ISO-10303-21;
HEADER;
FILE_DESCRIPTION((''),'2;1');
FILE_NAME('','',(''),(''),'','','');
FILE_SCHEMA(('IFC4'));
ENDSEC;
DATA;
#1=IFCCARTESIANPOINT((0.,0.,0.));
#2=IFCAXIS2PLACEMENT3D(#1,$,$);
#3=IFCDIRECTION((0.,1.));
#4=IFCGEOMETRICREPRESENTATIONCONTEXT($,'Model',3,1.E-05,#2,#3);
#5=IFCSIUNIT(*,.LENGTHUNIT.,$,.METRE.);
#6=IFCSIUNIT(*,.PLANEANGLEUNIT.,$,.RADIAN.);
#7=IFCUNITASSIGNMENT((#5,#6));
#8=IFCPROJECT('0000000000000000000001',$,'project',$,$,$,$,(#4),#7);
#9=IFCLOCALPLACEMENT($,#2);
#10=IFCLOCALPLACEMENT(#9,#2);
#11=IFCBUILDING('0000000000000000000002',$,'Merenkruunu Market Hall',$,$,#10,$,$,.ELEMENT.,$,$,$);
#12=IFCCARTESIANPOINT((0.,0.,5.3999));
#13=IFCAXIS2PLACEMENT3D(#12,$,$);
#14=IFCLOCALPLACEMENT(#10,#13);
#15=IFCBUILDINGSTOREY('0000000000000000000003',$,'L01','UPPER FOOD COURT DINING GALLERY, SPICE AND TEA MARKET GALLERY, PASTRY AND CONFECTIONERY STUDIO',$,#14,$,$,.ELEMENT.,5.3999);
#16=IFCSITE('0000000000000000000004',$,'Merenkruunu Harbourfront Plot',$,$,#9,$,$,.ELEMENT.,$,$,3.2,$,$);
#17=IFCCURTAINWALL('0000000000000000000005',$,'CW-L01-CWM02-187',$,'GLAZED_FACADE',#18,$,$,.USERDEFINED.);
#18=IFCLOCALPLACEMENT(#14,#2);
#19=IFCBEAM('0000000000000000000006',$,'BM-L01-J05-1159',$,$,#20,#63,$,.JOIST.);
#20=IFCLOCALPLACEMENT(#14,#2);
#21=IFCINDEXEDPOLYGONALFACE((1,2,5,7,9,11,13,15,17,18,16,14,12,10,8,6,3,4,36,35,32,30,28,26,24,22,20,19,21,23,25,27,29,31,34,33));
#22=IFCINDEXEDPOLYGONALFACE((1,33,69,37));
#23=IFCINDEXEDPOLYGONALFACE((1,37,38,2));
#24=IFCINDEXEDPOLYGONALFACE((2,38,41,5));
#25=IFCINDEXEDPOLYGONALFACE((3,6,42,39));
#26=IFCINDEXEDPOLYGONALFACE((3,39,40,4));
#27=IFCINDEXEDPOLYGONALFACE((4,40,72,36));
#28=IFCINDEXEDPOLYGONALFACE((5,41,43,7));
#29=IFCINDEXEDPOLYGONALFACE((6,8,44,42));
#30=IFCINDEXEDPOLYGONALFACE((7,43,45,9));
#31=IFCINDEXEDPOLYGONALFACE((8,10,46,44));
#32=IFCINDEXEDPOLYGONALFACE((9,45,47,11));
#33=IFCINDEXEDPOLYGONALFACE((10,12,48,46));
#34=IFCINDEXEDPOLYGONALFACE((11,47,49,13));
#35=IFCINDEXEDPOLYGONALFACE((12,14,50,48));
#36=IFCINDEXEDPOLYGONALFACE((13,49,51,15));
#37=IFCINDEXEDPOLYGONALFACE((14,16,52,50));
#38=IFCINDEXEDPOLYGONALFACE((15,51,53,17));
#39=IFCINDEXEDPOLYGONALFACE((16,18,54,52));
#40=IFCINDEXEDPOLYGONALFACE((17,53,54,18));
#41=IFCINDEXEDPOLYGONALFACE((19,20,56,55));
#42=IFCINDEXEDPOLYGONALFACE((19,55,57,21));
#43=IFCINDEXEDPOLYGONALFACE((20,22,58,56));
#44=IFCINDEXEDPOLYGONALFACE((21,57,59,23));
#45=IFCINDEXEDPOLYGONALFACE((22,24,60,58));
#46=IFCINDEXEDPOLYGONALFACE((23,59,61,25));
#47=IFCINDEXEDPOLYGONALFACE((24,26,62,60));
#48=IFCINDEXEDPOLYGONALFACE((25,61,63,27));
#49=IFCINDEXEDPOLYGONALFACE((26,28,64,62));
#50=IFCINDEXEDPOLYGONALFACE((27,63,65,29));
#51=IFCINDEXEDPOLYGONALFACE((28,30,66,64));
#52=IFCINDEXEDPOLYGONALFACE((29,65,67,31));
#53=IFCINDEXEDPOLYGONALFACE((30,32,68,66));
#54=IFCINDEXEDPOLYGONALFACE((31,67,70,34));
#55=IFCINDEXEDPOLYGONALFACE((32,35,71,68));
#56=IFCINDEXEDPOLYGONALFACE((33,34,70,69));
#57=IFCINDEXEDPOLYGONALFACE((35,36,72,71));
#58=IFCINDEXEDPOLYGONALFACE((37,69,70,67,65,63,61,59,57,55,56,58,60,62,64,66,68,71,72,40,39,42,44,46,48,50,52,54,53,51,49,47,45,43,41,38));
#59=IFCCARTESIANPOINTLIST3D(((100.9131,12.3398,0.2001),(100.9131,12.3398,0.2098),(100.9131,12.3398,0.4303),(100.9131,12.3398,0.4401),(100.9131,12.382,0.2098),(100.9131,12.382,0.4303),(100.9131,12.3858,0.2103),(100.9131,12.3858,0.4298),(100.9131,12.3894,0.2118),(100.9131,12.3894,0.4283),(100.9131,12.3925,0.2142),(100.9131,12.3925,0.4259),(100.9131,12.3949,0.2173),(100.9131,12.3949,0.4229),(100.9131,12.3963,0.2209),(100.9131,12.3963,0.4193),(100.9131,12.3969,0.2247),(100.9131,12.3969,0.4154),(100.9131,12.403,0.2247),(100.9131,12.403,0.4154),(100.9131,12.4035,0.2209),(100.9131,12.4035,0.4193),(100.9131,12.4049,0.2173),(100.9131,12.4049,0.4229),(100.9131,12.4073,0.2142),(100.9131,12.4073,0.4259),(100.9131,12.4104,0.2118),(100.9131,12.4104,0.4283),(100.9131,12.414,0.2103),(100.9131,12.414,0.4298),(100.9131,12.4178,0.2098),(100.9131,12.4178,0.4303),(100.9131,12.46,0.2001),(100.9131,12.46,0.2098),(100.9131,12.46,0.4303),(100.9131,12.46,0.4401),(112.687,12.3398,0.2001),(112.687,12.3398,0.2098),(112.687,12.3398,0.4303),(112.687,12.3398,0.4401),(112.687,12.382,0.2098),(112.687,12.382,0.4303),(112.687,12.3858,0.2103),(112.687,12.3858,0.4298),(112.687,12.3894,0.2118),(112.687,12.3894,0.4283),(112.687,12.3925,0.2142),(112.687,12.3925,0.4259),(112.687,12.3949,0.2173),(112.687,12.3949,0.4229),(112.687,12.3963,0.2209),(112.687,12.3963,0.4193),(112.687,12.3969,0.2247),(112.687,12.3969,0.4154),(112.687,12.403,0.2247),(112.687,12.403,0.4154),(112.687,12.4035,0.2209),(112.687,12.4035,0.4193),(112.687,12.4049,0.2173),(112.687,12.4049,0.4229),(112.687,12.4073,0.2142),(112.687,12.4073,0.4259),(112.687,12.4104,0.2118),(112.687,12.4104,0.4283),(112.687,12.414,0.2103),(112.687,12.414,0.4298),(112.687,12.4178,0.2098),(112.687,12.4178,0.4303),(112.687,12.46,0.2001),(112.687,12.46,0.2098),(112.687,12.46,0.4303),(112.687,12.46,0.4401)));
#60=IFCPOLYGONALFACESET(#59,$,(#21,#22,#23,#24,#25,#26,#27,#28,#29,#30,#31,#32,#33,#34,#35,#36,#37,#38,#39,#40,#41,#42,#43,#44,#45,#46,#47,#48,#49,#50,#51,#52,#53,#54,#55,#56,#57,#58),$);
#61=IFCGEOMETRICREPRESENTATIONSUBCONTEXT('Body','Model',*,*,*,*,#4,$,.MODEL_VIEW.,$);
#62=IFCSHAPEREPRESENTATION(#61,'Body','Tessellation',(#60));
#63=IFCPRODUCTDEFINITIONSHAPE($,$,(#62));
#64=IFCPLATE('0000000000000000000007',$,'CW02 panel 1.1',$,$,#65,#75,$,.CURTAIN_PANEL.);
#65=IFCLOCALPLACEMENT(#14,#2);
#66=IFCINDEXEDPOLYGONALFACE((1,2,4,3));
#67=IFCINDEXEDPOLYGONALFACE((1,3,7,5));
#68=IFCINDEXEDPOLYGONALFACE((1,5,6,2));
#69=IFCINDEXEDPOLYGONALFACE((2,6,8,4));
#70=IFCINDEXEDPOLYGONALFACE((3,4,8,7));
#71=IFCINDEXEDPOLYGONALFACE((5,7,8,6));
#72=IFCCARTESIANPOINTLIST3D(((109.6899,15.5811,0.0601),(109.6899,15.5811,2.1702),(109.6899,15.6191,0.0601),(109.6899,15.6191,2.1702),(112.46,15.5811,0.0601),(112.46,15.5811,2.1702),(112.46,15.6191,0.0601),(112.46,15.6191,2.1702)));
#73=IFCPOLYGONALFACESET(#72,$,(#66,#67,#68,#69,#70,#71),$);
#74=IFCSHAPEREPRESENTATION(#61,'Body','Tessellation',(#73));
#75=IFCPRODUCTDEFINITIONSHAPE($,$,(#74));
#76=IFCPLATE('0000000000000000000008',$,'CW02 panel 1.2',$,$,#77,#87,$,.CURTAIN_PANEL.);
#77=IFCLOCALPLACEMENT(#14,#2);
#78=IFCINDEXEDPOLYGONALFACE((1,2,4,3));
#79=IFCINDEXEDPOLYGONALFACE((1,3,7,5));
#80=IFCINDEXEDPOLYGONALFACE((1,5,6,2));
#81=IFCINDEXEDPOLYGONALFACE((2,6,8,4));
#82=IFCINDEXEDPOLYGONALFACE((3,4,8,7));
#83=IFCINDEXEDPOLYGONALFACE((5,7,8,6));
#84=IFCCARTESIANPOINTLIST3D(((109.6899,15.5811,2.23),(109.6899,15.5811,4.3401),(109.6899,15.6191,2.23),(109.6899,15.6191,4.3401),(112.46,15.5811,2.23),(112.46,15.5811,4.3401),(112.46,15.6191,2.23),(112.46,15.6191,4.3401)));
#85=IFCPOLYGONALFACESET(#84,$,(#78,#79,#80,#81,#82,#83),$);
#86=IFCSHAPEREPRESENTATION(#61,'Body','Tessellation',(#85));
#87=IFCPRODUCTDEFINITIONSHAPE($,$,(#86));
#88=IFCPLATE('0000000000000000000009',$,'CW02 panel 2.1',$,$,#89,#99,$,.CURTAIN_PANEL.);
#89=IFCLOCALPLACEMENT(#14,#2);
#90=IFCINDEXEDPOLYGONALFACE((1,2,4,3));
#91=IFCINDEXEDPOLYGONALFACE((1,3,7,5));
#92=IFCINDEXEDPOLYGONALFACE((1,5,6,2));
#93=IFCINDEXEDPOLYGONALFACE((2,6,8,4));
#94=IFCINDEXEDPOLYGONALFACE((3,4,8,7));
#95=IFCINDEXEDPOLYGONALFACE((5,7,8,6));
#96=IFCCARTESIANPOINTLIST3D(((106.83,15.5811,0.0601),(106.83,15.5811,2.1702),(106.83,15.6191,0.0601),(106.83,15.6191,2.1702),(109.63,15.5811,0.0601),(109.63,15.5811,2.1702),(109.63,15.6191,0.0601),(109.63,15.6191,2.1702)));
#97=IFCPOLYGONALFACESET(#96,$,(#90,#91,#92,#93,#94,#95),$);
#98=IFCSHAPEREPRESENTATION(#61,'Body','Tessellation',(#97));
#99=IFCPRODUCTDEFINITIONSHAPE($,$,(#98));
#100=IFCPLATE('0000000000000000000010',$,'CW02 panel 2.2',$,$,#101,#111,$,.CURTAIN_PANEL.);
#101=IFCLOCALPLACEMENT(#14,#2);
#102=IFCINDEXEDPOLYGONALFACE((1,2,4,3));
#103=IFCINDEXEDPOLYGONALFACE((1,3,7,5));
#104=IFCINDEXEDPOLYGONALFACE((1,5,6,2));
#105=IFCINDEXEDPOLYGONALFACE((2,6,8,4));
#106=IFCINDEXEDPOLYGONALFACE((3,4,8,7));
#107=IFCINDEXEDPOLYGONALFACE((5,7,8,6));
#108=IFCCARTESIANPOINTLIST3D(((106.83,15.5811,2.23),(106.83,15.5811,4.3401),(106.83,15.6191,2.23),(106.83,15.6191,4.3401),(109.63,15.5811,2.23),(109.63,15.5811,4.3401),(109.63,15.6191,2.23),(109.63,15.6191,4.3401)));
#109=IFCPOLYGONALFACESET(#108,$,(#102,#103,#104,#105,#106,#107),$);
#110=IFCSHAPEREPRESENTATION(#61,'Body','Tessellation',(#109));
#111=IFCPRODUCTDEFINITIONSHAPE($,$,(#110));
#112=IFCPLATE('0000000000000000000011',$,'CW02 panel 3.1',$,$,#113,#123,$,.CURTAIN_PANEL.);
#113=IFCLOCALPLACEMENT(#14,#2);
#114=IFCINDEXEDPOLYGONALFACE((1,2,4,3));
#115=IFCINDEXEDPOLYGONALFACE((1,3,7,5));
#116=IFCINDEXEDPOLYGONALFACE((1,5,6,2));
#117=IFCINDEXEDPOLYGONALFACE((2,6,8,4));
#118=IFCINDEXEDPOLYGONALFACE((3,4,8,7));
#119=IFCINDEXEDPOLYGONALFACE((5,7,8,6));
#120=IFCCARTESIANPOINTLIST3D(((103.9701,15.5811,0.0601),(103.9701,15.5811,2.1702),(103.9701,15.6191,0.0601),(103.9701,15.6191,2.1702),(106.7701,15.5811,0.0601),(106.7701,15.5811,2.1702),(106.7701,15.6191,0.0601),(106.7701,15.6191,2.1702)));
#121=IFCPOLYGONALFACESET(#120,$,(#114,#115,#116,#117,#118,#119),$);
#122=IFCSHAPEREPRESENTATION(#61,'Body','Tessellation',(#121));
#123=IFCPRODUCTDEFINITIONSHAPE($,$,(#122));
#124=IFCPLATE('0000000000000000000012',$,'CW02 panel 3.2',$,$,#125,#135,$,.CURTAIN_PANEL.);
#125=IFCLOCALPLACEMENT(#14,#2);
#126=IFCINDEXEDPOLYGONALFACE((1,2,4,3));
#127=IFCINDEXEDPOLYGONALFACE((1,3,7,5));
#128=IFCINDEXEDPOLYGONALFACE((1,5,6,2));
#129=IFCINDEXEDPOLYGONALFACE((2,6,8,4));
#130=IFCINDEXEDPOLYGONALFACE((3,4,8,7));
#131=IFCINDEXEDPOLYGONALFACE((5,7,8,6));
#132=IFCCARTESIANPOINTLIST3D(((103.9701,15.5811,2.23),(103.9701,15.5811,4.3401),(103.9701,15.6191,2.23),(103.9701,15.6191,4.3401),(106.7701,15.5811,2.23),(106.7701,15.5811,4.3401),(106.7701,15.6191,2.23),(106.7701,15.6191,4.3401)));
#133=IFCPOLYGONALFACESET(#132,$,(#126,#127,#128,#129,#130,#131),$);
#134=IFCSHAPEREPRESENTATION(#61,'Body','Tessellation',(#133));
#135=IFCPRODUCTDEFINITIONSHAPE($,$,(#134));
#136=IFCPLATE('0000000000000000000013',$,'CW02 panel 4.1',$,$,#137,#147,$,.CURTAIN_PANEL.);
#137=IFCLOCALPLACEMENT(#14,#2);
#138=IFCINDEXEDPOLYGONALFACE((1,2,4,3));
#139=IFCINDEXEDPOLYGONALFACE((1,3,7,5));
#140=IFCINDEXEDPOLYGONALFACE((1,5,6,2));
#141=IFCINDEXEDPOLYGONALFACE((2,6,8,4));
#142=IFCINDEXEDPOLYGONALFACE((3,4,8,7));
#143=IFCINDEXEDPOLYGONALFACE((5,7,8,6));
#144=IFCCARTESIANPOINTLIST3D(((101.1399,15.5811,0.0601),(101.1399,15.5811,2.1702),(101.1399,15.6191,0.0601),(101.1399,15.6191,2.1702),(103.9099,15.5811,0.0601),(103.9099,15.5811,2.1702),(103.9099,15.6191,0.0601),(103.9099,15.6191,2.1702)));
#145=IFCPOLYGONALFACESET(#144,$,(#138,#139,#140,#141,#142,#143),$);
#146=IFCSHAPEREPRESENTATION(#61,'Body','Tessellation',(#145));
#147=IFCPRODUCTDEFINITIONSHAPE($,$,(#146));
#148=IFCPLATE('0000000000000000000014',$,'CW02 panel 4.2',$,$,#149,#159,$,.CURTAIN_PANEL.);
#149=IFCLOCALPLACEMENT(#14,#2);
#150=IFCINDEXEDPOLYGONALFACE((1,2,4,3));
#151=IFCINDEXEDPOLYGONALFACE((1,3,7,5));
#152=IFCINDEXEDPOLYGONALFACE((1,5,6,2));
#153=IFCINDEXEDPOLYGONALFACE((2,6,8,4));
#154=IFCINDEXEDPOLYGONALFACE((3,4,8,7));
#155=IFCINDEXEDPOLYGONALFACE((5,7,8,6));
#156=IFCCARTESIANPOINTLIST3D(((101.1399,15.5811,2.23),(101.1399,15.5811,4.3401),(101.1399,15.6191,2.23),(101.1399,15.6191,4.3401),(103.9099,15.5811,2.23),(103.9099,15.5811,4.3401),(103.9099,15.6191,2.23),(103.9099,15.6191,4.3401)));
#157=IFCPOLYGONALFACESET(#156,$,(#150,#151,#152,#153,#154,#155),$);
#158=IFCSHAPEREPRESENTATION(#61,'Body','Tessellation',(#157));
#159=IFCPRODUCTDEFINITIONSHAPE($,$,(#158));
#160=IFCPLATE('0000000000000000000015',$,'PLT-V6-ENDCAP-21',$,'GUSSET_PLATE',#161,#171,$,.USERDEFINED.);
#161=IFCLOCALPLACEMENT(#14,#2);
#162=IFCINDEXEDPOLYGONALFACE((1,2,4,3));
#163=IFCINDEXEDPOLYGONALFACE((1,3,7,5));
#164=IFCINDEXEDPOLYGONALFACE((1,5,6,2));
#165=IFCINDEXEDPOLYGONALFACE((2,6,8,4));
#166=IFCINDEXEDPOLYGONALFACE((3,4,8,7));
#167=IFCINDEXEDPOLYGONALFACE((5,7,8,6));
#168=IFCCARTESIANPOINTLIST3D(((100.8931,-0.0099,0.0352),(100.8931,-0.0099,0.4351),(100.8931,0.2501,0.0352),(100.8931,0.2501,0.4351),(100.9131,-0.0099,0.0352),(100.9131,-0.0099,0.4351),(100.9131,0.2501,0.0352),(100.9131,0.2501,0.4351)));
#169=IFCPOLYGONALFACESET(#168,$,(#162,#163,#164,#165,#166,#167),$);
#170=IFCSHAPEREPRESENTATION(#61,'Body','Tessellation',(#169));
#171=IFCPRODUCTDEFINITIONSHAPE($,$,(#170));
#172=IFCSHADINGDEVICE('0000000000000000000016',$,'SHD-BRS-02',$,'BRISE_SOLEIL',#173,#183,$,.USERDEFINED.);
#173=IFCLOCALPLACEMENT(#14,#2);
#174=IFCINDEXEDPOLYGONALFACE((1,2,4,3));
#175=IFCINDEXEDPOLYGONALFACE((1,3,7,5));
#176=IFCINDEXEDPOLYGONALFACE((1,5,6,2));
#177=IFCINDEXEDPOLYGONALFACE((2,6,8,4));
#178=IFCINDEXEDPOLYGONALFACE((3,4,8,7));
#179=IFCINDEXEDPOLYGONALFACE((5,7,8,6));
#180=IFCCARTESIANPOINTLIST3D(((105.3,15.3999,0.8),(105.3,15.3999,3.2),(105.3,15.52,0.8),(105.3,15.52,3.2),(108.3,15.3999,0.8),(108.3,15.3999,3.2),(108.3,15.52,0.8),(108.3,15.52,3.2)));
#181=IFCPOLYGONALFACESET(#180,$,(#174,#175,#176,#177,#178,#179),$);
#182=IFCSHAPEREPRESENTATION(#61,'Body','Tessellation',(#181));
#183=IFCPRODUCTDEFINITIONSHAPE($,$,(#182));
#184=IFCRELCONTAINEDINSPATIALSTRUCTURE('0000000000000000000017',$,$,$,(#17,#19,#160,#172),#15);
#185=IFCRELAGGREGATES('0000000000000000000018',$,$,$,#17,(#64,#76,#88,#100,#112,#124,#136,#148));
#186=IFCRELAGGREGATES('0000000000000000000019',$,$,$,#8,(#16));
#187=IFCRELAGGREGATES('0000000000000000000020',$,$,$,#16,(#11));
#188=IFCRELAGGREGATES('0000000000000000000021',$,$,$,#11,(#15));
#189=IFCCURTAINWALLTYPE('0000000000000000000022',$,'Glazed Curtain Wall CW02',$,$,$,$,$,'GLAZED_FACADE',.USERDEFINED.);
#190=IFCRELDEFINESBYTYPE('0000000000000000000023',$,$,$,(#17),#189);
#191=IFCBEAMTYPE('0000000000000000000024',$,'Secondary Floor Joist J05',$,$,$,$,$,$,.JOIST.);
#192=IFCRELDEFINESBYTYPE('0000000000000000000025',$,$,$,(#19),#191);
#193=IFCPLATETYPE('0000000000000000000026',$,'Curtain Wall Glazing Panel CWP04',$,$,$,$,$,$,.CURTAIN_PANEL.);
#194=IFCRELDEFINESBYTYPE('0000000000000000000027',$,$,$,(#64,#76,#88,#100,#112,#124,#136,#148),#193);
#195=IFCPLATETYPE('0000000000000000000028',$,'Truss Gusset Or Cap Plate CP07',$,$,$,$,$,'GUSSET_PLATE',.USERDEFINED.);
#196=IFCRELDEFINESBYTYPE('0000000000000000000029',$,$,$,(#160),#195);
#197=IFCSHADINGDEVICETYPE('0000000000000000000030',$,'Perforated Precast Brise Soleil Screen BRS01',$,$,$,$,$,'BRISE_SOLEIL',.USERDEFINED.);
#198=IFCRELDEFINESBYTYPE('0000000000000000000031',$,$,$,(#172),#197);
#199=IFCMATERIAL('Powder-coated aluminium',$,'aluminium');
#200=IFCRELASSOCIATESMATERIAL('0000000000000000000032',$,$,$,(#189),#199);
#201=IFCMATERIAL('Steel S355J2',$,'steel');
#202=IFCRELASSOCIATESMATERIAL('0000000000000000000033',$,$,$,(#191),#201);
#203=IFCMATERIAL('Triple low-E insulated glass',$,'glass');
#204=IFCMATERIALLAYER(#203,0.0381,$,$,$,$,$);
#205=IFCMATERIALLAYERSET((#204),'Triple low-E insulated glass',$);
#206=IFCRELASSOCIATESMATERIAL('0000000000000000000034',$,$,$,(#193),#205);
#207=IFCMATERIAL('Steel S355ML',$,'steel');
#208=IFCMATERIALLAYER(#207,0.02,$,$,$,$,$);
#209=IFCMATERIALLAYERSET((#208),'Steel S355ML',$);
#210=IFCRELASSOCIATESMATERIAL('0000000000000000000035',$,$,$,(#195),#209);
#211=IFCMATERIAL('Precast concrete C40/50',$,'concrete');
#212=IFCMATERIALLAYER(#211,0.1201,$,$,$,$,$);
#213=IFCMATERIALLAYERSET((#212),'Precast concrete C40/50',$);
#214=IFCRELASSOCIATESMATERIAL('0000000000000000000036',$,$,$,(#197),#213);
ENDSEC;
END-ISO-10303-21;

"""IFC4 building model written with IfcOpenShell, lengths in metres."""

from ifc_helpers import new_model, si_unit, direction, frame, origin, origin_2d, place, context, subcontext, project, spatial, rectangle, i_section, extrude, material, layer, layer_set, material_profile, profile_set, type_object, element, aggregate, save


model = new_model("IFC4")

# Units and contexts
model_context = context("Model", 3, precision=1e-05, world=origin(), true_north=direction((0.0, 1.0)))
body_context = subcontext(model_context, "Body", "Model", "MODEL_VIEW")
ifc_project = project(units=[si_unit("LENGTHUNIT", "METRE"), si_unit("PLANEANGLEUNIT", "RADIAN")], contexts=[model_context])

# Site, building, storey
site_placement = place(None, origin())
site = spatial("IfcSite", under=ifc_project, at=site_placement, Name="Merenkruunu Harbourfront Plot", CompositionType="ELEMENT", RefElevation=3.2)
building_placement = place(site_placement, origin())
building = spatial("IfcBuilding", under=site, at=building_placement, Name="Merenkruunu Market Hall", CompositionType="ELEMENT")
storey_placement = place(building_placement, frame((0.0, 0.0, 5.3999)))
storey = spatial("IfcBuildingStorey", under=building, at=storey_placement, Name="L01", Description="UPPER FOOD COURT DINING GALLERY, SPICE AND TEA MARKET GALLERY, PASTRY AND CONFECTIONERY STUDIO", CompositionType="ELEMENT", Elevation=5.3999)

# Curtain wall
ifc_material_1 = material(Name="Powder-coated aluminium", Category="aluminium")
curtain_wall_type = type_object("IfcCurtainWallType", Name="Glazed Curtain Wall CW02", ElementType="GLAZED_FACADE", PredefinedType="USERDEFINED", material=ifc_material_1)
curtain_wall_placement = place(storey_placement, origin())
curtain_wall = element("IfcCurtainWall", 1, at=curtain_wall_placement, inside=storey, type_object=curtain_wall_type, Name="CW-L01-CWM02-187", ObjectType="GLAZED_FACADE", PredefinedType="USERDEFINED")

# Beam
ifc_material_2 = material(Name="Steel S355ML", Category="steel")
ifc_material_3 = material(Name="Steel S355J2", Category="steel")
ifc_material_profile_1 = material_profile(ifc_material_3, i_section(OverallWidth=0.1201, OverallDepth=0.24, WebThickness=0.0061, FlangeThickness=0.0098, FilletRadius=0.0149, at=origin_2d()), Name="IPE 240")
ifc_profile_set_1 = profile_set([ifc_material_profile_1], Name="Steel S355J2")
beam_type_1 = type_object("IfcBeamType", Name="Secondary Floor Joist J05", PredefinedType="JOIST", material=ifc_profile_set_1)
for number, where, z_axis, x_axis, name in (
    (2, (100.9131, 12.3999, 0.3201), (1.0, 0.0, 0.0), (0.0, 1.0, 0.0), "BM-L01-J05-1159"),
):
    element("IfcBeam", number, at=place(storey_placement, frame(where, z_axis=z_axis, x_axis=x_axis)), inside=storey, type_object=beam_type_1, Name=name, PredefinedType="JOIST", context=body_context, shape_type="SweptSolid", body=[
        extrude(i_section(OverallWidth=0.1201, OverallDepth=0.24, WebThickness=0.0061, FlangeThickness=0.0098, FilletRadius=0.0149, at=origin_2d()), origin(), (0.0, 0.0, 1.0), 11.7739),
    ])

# Plates
ifc_material_4 = material(Name="Triple low-E insulated glass", Category="glass")
ifc_layer_1 = layer(ifc_material_4, 0.0381)
ifc_layer_set_1 = layer_set([ifc_layer_1], Name="Triple low-E insulated glass")
plate_type_1 = type_object("IfcPlateType", Name="Curtain Wall Glazing Panel CWP04", PredefinedType="CURTAIN_PANEL", material=ifc_layer_set_1)
plate_1_placement = place(storey_placement, frame((111.075, 15.6001, 0.0601), z_axis=(0.0, 0.0, 1.0), x_axis=(-1.0, 0.0, 0.0)))
plate_1 = element("IfcPlate", 3, at=plate_1_placement, type_object=plate_type_1, Name="CW02 panel 1.1", PredefinedType="CURTAIN_PANEL", context=body_context, shape_type="SweptSolid", body=[
    extrude(rectangle(XDim=2.77, YDim=0.0381, at=origin_2d()), origin(), (0.0, 0.0, 1.0), 2.1101),
])
plate_2_placement = place(storey_placement, frame((111.075, 15.6001, 2.23), z_axis=(0.0, 0.0, 1.0), x_axis=(-1.0, 0.0, 0.0)))
plate_2 = element("IfcPlate", 4, at=plate_2_placement, type_object=plate_type_1, Name="CW02 panel 1.2", PredefinedType="CURTAIN_PANEL", context=body_context, shape_type="SweptSolid", body=[
    extrude(rectangle(XDim=2.77, YDim=0.0381, at=origin_2d()), origin(), (0.0, 0.0, 1.0), 2.1101),
])
plate_3_placement = place(storey_placement, frame((108.23, 15.6001, 0.0601), z_axis=(0.0, 0.0, 1.0), x_axis=(-1.0, 0.0, 0.0)))
plate_3 = element("IfcPlate", 5, at=plate_3_placement, type_object=plate_type_1, Name="CW02 panel 2.1", PredefinedType="CURTAIN_PANEL", context=body_context, shape_type="SweptSolid", body=[
    extrude(rectangle(XDim=2.8, YDim=0.0381, at=origin_2d()), origin(), (0.0, 0.0, 1.0), 2.1101),
])
plate_4_placement = place(storey_placement, frame((108.23, 15.6001, 2.23), z_axis=(0.0, 0.0, 1.0), x_axis=(-1.0, 0.0, 0.0)))
plate_4 = element("IfcPlate", 6, at=plate_4_placement, type_object=plate_type_1, Name="CW02 panel 2.2", PredefinedType="CURTAIN_PANEL", context=body_context, shape_type="SweptSolid", body=[
    extrude(rectangle(XDim=2.8, YDim=0.0381, at=origin_2d()), origin(), (0.0, 0.0, 1.0), 2.1101),
])
plate_5_placement = place(storey_placement, frame((105.3701, 15.6001, 0.0601), z_axis=(0.0, 0.0, 1.0), x_axis=(-1.0, 0.0, 0.0)))
plate_5 = element("IfcPlate", 7, at=plate_5_placement, type_object=plate_type_1, Name="CW02 panel 3.1", PredefinedType="CURTAIN_PANEL", context=body_context, shape_type="SweptSolid", body=[
    extrude(rectangle(XDim=2.8, YDim=0.0381, at=origin_2d()), origin(), (0.0, 0.0, 1.0), 2.1101),
])
plate_6_placement = place(storey_placement, frame((105.3701, 15.6001, 2.23), z_axis=(0.0, 0.0, 1.0), x_axis=(-1.0, 0.0, 0.0)))
plate_6 = element("IfcPlate", 8, at=plate_6_placement, type_object=plate_type_1, Name="CW02 panel 3.2", PredefinedType="CURTAIN_PANEL", context=body_context, shape_type="SweptSolid", body=[
    extrude(rectangle(XDim=2.8, YDim=0.0381, at=origin_2d()), origin(), (0.0, 0.0, 1.0), 2.1101),
])
plate_7_placement = place(storey_placement, frame((102.5249, 15.6001, 0.0601), z_axis=(0.0, 0.0, 1.0), x_axis=(-1.0, 0.0, 0.0)))
plate_7 = element("IfcPlate", 9, at=plate_7_placement, type_object=plate_type_1, Name="CW02 panel 4.1", PredefinedType="CURTAIN_PANEL", context=body_context, shape_type="SweptSolid", body=[
    extrude(rectangle(XDim=2.77, YDim=0.0381, at=origin_2d()), origin(), (0.0, 0.0, 1.0), 2.1101),
])
plate_8_placement = place(storey_placement, frame((102.5249, 15.6001, 2.23), z_axis=(0.0, 0.0, 1.0), x_axis=(-1.0, 0.0, 0.0)))
plate_8 = element("IfcPlate", 10, at=plate_8_placement, type_object=plate_type_1, Name="CW02 panel 4.2", PredefinedType="CURTAIN_PANEL", context=body_context, shape_type="SweptSolid", body=[
    extrude(rectangle(XDim=2.77, YDim=0.0381, at=origin_2d()), origin(), (0.0, 0.0, 1.0), 2.1101),
])
aggregate(curtain_wall, [plate_1, plate_2, plate_3, plate_4, plate_5, plate_6, plate_7, plate_8])
ifc_layer_2 = layer(ifc_material_2, 0.02)
ifc_layer_set_2 = layer_set([ifc_layer_2], Name="Steel S355ML")
plate_type_2 = type_object("IfcPlateType", Name="Truss Gusset Or Cap Plate CP07", ElementType="GUSSET_PLATE", PredefinedType="USERDEFINED", material=ifc_layer_set_2)
plate_9_placement = place(storey_placement, frame((100.9031, 0.1201, 0.0352), z_axis=(0.0, 0.0, 1.0), x_axis=(1.0, 0.0, 0.0)))
element("IfcPlate", 11, at=plate_9_placement, inside=storey, type_object=plate_type_2, Name="PLT-V6-ENDCAP-21", ObjectType="GUSSET_PLATE", PredefinedType="USERDEFINED", context=body_context, shape_type="SweptSolid", body=[
    extrude(rectangle(XDim=0.02, YDim=0.26, at=origin_2d()), origin(), (0.0, 0.0, 1.0), 0.3999),
])

# Shading device
ifc_material_5 = material(Name="Precast concrete C40/50", Category="concrete")
ifc_layer_3 = layer(ifc_material_5, 0.1201)
ifc_layer_set_3 = layer_set([ifc_layer_3], Name="Precast concrete C40/50")
shading_device_type = type_object("IfcShadingDeviceType", Name="Perforated Precast Brise Soleil Screen BRS01", ElementType="BRISE_SOLEIL", PredefinedType="USERDEFINED", material=ifc_layer_set_3)
shading_device_placement = place(storey_placement, frame((106.8, 15.46, 0.8), z_axis=(0.0, 0.0, 1.0), x_axis=(1.0, 0.0, 0.0)))
element("IfcShadingDevice", 12, at=shading_device_placement, inside=storey, type_object=shading_device_type, Name="SHD-BRS-02", ObjectType="BRISE_SOLEIL", PredefinedType="USERDEFINED", context=body_context, shape_type="SweptSolid", body=[
    extrude(rectangle(XDim=3.0, YDim=0.1201, at=origin_2d()), origin(), (0.0, 0.0, 1.0), 2.3999),
])

save(model, "model.ifc")
